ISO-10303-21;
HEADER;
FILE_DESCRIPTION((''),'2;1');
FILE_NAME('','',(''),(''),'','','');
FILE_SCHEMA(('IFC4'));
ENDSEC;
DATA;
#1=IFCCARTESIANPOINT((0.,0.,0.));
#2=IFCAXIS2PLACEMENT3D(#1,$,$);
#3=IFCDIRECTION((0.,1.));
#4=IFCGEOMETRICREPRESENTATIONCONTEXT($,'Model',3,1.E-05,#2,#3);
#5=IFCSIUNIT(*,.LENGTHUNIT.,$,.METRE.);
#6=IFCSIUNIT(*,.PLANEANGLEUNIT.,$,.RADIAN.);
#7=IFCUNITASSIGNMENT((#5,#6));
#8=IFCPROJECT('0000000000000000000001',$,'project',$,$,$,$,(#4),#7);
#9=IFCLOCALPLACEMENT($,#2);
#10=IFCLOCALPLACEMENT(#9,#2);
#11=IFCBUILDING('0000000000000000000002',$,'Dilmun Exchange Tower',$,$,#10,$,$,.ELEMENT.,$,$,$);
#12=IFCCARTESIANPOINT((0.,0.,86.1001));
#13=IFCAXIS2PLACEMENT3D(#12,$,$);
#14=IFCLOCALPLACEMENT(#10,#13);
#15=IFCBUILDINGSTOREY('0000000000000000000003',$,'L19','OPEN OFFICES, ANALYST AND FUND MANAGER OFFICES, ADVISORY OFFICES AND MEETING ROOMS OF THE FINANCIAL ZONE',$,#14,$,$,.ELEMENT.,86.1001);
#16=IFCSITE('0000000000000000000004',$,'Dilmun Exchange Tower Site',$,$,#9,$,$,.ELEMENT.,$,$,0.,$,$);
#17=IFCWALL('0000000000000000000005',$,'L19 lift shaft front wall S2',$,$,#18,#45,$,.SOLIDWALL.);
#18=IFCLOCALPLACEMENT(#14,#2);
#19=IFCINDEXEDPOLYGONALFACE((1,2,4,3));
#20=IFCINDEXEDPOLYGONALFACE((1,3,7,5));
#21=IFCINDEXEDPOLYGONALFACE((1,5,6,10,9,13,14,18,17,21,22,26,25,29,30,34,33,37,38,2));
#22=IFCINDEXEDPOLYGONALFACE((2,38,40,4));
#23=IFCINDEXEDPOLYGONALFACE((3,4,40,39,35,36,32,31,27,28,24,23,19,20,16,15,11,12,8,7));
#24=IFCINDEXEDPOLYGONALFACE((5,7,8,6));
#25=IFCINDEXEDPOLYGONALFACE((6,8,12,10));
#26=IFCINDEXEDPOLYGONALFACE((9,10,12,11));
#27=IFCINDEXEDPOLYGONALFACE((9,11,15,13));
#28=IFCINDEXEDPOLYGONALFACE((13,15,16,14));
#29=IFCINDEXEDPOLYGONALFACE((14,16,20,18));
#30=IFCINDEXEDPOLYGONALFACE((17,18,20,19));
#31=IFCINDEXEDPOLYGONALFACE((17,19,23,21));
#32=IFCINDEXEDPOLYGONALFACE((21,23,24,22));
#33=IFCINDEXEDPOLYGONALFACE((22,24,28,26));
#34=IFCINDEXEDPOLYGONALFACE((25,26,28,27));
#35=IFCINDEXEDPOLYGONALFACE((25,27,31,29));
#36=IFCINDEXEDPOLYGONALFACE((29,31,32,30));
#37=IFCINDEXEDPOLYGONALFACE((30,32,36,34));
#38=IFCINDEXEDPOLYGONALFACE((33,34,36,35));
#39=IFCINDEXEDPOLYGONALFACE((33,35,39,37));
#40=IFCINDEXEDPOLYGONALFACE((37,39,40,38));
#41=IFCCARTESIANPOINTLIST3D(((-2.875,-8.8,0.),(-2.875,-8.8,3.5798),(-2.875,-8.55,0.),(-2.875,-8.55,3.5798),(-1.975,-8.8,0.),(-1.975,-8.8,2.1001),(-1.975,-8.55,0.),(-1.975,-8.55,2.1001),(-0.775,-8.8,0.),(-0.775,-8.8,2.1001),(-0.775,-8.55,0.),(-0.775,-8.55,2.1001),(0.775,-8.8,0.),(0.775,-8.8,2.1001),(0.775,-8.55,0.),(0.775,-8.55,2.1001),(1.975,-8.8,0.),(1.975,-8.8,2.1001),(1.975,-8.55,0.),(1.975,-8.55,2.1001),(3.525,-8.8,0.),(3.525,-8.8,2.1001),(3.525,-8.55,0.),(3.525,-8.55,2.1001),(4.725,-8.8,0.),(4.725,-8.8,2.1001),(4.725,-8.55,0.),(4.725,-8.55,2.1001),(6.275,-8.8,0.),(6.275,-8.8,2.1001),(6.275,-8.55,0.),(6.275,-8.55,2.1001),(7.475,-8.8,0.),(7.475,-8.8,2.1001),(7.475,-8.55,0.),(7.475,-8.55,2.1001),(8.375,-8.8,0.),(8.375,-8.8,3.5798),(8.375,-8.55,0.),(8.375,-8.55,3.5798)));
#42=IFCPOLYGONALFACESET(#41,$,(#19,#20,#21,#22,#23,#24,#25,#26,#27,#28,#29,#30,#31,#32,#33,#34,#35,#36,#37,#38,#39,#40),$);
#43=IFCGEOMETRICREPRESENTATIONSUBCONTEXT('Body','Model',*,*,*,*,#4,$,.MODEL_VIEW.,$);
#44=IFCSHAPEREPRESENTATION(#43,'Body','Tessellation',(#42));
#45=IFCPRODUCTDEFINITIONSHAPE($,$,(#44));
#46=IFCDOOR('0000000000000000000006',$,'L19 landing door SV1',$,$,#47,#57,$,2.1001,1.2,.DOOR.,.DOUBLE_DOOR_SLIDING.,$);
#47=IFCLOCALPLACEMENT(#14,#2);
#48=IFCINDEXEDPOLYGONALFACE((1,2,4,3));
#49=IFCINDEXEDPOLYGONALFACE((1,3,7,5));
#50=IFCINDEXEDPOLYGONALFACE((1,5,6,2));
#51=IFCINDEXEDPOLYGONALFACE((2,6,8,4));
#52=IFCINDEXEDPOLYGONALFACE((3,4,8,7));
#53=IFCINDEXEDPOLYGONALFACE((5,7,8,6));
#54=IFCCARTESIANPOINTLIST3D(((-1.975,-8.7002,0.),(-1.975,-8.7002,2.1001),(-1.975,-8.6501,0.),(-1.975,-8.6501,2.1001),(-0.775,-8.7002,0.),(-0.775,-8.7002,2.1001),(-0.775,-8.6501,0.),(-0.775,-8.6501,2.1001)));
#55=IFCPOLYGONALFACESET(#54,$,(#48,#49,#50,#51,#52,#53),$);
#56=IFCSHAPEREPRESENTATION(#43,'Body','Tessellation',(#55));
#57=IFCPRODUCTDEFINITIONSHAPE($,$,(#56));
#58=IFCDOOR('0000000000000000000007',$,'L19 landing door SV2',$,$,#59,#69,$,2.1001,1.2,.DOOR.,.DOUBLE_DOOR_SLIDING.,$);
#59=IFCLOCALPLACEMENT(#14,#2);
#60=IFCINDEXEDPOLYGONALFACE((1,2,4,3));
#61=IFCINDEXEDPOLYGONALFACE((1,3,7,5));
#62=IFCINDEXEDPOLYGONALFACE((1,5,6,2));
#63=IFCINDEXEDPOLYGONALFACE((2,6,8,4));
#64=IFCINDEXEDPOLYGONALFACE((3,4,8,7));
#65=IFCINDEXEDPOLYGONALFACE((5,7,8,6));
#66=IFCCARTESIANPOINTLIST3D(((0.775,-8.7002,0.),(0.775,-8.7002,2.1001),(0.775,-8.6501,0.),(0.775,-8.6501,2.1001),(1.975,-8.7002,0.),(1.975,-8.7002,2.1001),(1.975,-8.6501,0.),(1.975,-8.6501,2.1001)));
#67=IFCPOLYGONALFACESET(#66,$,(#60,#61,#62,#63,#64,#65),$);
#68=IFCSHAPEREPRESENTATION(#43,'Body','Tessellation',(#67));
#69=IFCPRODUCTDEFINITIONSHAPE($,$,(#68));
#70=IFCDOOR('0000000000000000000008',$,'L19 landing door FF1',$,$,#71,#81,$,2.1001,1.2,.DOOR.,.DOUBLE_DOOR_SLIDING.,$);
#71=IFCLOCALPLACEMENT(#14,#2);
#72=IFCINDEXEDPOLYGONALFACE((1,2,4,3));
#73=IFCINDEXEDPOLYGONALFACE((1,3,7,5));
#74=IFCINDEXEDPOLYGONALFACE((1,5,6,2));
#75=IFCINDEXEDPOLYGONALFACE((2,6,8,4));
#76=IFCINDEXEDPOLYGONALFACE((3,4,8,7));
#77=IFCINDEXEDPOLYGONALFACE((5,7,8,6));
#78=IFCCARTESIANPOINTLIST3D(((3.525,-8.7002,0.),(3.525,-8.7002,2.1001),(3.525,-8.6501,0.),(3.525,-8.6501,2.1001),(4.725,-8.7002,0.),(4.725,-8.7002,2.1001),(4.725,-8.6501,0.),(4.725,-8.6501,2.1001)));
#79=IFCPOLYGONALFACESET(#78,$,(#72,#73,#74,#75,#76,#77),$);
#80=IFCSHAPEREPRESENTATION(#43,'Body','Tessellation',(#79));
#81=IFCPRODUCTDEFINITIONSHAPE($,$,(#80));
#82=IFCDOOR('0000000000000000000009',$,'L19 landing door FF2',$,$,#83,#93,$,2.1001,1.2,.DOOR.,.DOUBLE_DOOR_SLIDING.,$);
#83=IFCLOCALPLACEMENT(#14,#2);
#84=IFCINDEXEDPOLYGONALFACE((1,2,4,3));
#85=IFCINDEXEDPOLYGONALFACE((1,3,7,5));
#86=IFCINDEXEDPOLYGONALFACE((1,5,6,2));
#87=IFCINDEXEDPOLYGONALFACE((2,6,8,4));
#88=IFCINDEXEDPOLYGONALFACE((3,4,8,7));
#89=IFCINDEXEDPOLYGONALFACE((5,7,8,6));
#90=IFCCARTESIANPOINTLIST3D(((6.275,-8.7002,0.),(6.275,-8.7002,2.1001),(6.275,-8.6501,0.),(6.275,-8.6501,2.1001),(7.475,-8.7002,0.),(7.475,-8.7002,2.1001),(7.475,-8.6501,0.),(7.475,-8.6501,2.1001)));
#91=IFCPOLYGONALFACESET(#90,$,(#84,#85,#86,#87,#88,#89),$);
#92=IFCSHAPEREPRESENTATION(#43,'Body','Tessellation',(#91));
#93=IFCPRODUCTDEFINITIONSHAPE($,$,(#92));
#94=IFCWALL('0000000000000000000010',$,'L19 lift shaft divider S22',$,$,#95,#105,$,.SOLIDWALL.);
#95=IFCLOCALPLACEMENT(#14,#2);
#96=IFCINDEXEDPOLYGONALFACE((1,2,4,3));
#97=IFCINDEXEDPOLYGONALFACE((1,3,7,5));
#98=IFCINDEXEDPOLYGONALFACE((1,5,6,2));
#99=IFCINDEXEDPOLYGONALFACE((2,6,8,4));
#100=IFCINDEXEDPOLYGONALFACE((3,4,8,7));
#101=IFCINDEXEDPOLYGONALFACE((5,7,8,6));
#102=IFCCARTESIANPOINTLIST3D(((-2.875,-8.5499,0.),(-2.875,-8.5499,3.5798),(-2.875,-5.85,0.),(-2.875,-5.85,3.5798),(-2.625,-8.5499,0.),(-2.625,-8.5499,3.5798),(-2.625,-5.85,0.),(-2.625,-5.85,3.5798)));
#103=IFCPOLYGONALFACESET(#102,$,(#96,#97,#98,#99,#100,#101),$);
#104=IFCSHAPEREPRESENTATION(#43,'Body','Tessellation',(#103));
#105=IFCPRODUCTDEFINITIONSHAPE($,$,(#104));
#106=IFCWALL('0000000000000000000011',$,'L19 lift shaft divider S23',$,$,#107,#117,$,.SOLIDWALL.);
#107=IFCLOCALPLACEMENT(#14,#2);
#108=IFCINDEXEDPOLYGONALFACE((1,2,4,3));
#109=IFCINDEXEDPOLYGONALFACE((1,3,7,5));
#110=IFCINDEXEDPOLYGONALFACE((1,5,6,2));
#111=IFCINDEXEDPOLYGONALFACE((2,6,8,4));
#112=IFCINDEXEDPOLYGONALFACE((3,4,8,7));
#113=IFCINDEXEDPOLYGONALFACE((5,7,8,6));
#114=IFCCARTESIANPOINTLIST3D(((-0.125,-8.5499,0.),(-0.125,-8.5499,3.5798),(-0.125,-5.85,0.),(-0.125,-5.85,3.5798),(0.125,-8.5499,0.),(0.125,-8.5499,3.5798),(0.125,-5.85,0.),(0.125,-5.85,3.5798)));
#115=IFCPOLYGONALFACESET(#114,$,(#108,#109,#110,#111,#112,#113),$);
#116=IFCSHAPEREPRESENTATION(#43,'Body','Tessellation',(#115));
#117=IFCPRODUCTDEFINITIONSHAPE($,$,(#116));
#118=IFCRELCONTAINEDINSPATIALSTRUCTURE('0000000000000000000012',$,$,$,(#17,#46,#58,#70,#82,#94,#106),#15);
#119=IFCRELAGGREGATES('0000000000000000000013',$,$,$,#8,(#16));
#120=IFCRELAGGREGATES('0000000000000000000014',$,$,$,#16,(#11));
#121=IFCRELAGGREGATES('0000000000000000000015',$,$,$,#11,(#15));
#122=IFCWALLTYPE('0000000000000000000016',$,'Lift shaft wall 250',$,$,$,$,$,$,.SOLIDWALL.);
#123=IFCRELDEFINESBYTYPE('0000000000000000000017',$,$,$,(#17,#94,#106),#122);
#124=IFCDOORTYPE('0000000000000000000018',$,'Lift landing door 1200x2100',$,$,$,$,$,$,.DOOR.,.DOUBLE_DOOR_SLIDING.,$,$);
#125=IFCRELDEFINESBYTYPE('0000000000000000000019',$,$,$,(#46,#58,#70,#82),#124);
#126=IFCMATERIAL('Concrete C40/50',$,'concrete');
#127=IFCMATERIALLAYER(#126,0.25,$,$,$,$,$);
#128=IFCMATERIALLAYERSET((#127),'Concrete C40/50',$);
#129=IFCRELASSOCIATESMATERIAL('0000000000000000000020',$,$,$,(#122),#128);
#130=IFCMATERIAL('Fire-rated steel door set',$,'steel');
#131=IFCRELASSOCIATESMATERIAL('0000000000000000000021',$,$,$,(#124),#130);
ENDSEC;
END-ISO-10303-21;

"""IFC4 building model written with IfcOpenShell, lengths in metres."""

from ifc_helpers import new_model, si_unit, direction, frame, frame_2d, origin, place, context, subcontext, project, spatial, rectangle, extrude, material, layer, layer_set, type_object, element, fill, save


model = new_model("IFC4")

# Units and contexts
model_context = context("Model", 3, precision=1e-05, world=origin(), true_north=direction((0.0, 1.0)))
body_context = subcontext(model_context, "Body", "Model", "MODEL_VIEW")
ifc_project = project(units=[si_unit("LENGTHUNIT", "METRE"), si_unit("PLANEANGLEUNIT", "RADIAN")], contexts=[model_context])

# Site, building, storey
site_placement = place(None, origin())
site = spatial("IfcSite", under=ifc_project, at=site_placement, Name="Dilmun Exchange Tower Site", CompositionType="ELEMENT", RefElevation=0.0)
building_placement = place(site_placement, origin())
building = spatial("IfcBuilding", under=site, at=building_placement, Name="Dilmun Exchange Tower", CompositionType="ELEMENT")
storey_placement = place(building_placement, frame((0.0, 0.0, 86.1001)))
storey = spatial("IfcBuildingStorey", under=building, at=storey_placement, Name="L19", Description="OPEN OFFICES, ANALYST AND FUND MANAGER OFFICES, ADVISORY OFFICES AND MEETING ROOMS OF THE FINANCIAL ZONE", CompositionType="ELEMENT", Elevation=86.1001)

# Shared definitions
ifc_material_1 = material(Name="Concrete C40/50", Category="concrete")

# Shared definitions
ifc_material_2 = material(Name="Fire-rated steel door set", Category="steel")

# Shared definitions
ifc_layer_1 = layer(ifc_material_1, 0.25)
ifc_layer_set_1 = layer_set([ifc_layer_1], Name="Concrete C40/50")
wall_type_1 = type_object("IfcWallType", Name="Lift shaft wall 250", PredefinedType="SOLIDWALL", material=ifc_layer_set_1)

# Wall, openings, doors
wall_1_placement = place(storey_placement, frame((-2.875, -8.675, 0.0), z_axis=(0.0, 0.0, 1.0), x_axis=(1.0, 0.0, 0.0)))
wall_1 = element("IfcWall", 1, at=wall_1_placement, inside=storey, type_object=wall_type_1, Name="L19 lift shaft front wall S2", PredefinedType="SOLIDWALL", context=body_context, shape_type="SweptSolid", body=[
    extrude(rectangle(XDim=11.25, YDim=0.25, at=frame_2d((5.625, 0.0))), origin(), (0.0, 0.0, 1.0), 3.5798),
])
opening_1_placement = place(wall_1_placement, frame((0.8999, 0.0, 0.0)))
opening_1 = element("IfcOpeningElement", 2, at=opening_1_placement, cuts=wall_1, PredefinedType="OPENING", context=body_context, shape_type="SweptSolid", body=[
    extrude(rectangle(XDim=1.2, YDim=2.1001, at=frame_2d((0.6001, 1.05))), frame((0.0, 0.135, 0.0), z_axis=(0.0, -1.0, 0.0), x_axis=(1.0, 0.0, 0.0)), (0.0, 0.0, 1.0), 0.27),
])
opening_2_placement = place(wall_1_placement, frame((3.6499, 0.0, 0.0)))
opening_2 = element("IfcOpeningElement", 3, at=opening_2_placement, cuts=wall_1, PredefinedType="OPENING", context=body_context, shape_type="SweptSolid", body=[
    extrude(rectangle(XDim=1.2, YDim=2.1001, at=frame_2d((0.6001, 1.05))), frame((0.0, 0.135, 0.0), z_axis=(0.0, -1.0, 0.0), x_axis=(1.0, 0.0, 0.0)), (0.0, 0.0, 1.0), 0.27),
])
opening_3_placement = place(wall_1_placement, frame((6.3999, 0.0, 0.0)))
opening_3 = element("IfcOpeningElement", 4, at=opening_3_placement, cuts=wall_1, PredefinedType="OPENING", context=body_context, shape_type="SweptSolid", body=[
    extrude(rectangle(XDim=1.2, YDim=2.1001, at=frame_2d((0.6001, 1.05))), frame((0.0, 0.135, 0.0), z_axis=(0.0, -1.0, 0.0), x_axis=(1.0, 0.0, 0.0)), (0.0, 0.0, 1.0), 0.27),
])
opening_4_placement = place(wall_1_placement, frame((9.1499, 0.0, 0.0)))
opening_4 = element("IfcOpeningElement", 5, at=opening_4_placement, cuts=wall_1, PredefinedType="OPENING", context=body_context, shape_type="SweptSolid", body=[
    extrude(rectangle(XDim=1.2, YDim=2.1001, at=frame_2d((0.6001, 1.05))), frame((0.0, 0.135, 0.0), z_axis=(0.0, -1.0, 0.0), x_axis=(1.0, 0.0, 0.0)), (0.0, 0.0, 1.0), 0.27),
])
door_type_1 = type_object("IfcDoorType", Name="Lift landing door 1200x2100", OperationType="DOUBLE_DOOR_SLIDING", PredefinedType="DOOR", material=ifc_material_2)
door_1_placement = place(opening_1_placement, origin())
door_1 = element("IfcDoor", 6, at=door_1_placement, inside=storey, type_object=door_type_1, Name="L19 landing door SV1", OperationType="DOUBLE_DOOR_SLIDING", OverallHeight=2.1001, OverallWidth=1.2, PredefinedType="DOOR", context=body_context, shape_type="SweptSolid", body=[
    extrude(rectangle(XDim=1.2, YDim=2.1001, at=frame_2d((0.6001, 1.05))), frame((0.0, 0.0249, 0.0), z_axis=(0.0, -1.0, 0.0), x_axis=(1.0, 0.0, 0.0)), (0.0, 0.0, 1.0), 0.05),
])
fill(opening_1, door_1)
door_2_placement = place(opening_2_placement, origin())
door_2 = element("IfcDoor", 7, at=door_2_placement, inside=storey, type_object=door_type_1, Name="L19 landing door SV2", OperationType="DOUBLE_DOOR_SLIDING", OverallHeight=2.1001, OverallWidth=1.2, PredefinedType="DOOR", context=body_context, shape_type="SweptSolid", body=[
    extrude(rectangle(XDim=1.2, YDim=2.1001, at=frame_2d((0.6001, 1.05))), frame((0.0, 0.0249, 0.0), z_axis=(0.0, -1.0, 0.0), x_axis=(1.0, 0.0, 0.0)), (0.0, 0.0, 1.0), 0.05),
])
fill(opening_2, door_2)
door_3_placement = place(opening_3_placement, origin())
door_3 = element("IfcDoor", 8, at=door_3_placement, inside=storey, type_object=door_type_1, Name="L19 landing door FF1", OperationType="DOUBLE_DOOR_SLIDING", OverallHeight=2.1001, OverallWidth=1.2, PredefinedType="DOOR", context=body_context, shape_type="SweptSolid", body=[
    extrude(rectangle(XDim=1.2, YDim=2.1001, at=frame_2d((0.6001, 1.05))), frame((0.0, 0.0249, 0.0), z_axis=(0.0, -1.0, 0.0), x_axis=(1.0, 0.0, 0.0)), (0.0, 0.0, 1.0), 0.05),
])
fill(opening_3, door_3)
door_4_placement = place(opening_4_placement, origin())
door_4 = element("IfcDoor", 9, at=door_4_placement, inside=storey, type_object=door_type_1, Name="L19 landing door FF2", OperationType="DOUBLE_DOOR_SLIDING", OverallHeight=2.1001, OverallWidth=1.2, PredefinedType="DOOR", context=body_context, shape_type="SweptSolid", body=[
    extrude(rectangle(XDim=1.2, YDim=2.1001, at=frame_2d((0.6001, 1.05))), frame((0.0, 0.0249, 0.0), z_axis=(0.0, -1.0, 0.0), x_axis=(1.0, 0.0, 0.0)), (0.0, 0.0, 1.0), 0.05),
])
fill(opening_4, door_4)

# Walls
for number, where, z_axis, x_axis, name in (
    (10, (-2.75, -8.55, 0.0), (0.0, 0.0, 1.0), (0.0, 1.0, 0.0), "L19 lift shaft divider S22"),
    (11, (0.0, -8.55, 0.0), (0.0, 0.0, 1.0), (0.0, 1.0, 0.0), "L19 lift shaft divider S23"),
):
    element("IfcWall", number, at=place(storey_placement, frame(where, z_axis=z_axis, x_axis=x_axis)), inside=storey, type_object=wall_type_1, Name=name, PredefinedType="SOLIDWALL", context=body_context, shape_type="SweptSolid", body=[
        extrude(rectangle(XDim=2.7, YDim=0.25, at=frame_2d((1.3501, 0.0))), origin(), (0.0, 0.0, 1.0), 3.5798),
    ])

save(model, "model.ifc")
